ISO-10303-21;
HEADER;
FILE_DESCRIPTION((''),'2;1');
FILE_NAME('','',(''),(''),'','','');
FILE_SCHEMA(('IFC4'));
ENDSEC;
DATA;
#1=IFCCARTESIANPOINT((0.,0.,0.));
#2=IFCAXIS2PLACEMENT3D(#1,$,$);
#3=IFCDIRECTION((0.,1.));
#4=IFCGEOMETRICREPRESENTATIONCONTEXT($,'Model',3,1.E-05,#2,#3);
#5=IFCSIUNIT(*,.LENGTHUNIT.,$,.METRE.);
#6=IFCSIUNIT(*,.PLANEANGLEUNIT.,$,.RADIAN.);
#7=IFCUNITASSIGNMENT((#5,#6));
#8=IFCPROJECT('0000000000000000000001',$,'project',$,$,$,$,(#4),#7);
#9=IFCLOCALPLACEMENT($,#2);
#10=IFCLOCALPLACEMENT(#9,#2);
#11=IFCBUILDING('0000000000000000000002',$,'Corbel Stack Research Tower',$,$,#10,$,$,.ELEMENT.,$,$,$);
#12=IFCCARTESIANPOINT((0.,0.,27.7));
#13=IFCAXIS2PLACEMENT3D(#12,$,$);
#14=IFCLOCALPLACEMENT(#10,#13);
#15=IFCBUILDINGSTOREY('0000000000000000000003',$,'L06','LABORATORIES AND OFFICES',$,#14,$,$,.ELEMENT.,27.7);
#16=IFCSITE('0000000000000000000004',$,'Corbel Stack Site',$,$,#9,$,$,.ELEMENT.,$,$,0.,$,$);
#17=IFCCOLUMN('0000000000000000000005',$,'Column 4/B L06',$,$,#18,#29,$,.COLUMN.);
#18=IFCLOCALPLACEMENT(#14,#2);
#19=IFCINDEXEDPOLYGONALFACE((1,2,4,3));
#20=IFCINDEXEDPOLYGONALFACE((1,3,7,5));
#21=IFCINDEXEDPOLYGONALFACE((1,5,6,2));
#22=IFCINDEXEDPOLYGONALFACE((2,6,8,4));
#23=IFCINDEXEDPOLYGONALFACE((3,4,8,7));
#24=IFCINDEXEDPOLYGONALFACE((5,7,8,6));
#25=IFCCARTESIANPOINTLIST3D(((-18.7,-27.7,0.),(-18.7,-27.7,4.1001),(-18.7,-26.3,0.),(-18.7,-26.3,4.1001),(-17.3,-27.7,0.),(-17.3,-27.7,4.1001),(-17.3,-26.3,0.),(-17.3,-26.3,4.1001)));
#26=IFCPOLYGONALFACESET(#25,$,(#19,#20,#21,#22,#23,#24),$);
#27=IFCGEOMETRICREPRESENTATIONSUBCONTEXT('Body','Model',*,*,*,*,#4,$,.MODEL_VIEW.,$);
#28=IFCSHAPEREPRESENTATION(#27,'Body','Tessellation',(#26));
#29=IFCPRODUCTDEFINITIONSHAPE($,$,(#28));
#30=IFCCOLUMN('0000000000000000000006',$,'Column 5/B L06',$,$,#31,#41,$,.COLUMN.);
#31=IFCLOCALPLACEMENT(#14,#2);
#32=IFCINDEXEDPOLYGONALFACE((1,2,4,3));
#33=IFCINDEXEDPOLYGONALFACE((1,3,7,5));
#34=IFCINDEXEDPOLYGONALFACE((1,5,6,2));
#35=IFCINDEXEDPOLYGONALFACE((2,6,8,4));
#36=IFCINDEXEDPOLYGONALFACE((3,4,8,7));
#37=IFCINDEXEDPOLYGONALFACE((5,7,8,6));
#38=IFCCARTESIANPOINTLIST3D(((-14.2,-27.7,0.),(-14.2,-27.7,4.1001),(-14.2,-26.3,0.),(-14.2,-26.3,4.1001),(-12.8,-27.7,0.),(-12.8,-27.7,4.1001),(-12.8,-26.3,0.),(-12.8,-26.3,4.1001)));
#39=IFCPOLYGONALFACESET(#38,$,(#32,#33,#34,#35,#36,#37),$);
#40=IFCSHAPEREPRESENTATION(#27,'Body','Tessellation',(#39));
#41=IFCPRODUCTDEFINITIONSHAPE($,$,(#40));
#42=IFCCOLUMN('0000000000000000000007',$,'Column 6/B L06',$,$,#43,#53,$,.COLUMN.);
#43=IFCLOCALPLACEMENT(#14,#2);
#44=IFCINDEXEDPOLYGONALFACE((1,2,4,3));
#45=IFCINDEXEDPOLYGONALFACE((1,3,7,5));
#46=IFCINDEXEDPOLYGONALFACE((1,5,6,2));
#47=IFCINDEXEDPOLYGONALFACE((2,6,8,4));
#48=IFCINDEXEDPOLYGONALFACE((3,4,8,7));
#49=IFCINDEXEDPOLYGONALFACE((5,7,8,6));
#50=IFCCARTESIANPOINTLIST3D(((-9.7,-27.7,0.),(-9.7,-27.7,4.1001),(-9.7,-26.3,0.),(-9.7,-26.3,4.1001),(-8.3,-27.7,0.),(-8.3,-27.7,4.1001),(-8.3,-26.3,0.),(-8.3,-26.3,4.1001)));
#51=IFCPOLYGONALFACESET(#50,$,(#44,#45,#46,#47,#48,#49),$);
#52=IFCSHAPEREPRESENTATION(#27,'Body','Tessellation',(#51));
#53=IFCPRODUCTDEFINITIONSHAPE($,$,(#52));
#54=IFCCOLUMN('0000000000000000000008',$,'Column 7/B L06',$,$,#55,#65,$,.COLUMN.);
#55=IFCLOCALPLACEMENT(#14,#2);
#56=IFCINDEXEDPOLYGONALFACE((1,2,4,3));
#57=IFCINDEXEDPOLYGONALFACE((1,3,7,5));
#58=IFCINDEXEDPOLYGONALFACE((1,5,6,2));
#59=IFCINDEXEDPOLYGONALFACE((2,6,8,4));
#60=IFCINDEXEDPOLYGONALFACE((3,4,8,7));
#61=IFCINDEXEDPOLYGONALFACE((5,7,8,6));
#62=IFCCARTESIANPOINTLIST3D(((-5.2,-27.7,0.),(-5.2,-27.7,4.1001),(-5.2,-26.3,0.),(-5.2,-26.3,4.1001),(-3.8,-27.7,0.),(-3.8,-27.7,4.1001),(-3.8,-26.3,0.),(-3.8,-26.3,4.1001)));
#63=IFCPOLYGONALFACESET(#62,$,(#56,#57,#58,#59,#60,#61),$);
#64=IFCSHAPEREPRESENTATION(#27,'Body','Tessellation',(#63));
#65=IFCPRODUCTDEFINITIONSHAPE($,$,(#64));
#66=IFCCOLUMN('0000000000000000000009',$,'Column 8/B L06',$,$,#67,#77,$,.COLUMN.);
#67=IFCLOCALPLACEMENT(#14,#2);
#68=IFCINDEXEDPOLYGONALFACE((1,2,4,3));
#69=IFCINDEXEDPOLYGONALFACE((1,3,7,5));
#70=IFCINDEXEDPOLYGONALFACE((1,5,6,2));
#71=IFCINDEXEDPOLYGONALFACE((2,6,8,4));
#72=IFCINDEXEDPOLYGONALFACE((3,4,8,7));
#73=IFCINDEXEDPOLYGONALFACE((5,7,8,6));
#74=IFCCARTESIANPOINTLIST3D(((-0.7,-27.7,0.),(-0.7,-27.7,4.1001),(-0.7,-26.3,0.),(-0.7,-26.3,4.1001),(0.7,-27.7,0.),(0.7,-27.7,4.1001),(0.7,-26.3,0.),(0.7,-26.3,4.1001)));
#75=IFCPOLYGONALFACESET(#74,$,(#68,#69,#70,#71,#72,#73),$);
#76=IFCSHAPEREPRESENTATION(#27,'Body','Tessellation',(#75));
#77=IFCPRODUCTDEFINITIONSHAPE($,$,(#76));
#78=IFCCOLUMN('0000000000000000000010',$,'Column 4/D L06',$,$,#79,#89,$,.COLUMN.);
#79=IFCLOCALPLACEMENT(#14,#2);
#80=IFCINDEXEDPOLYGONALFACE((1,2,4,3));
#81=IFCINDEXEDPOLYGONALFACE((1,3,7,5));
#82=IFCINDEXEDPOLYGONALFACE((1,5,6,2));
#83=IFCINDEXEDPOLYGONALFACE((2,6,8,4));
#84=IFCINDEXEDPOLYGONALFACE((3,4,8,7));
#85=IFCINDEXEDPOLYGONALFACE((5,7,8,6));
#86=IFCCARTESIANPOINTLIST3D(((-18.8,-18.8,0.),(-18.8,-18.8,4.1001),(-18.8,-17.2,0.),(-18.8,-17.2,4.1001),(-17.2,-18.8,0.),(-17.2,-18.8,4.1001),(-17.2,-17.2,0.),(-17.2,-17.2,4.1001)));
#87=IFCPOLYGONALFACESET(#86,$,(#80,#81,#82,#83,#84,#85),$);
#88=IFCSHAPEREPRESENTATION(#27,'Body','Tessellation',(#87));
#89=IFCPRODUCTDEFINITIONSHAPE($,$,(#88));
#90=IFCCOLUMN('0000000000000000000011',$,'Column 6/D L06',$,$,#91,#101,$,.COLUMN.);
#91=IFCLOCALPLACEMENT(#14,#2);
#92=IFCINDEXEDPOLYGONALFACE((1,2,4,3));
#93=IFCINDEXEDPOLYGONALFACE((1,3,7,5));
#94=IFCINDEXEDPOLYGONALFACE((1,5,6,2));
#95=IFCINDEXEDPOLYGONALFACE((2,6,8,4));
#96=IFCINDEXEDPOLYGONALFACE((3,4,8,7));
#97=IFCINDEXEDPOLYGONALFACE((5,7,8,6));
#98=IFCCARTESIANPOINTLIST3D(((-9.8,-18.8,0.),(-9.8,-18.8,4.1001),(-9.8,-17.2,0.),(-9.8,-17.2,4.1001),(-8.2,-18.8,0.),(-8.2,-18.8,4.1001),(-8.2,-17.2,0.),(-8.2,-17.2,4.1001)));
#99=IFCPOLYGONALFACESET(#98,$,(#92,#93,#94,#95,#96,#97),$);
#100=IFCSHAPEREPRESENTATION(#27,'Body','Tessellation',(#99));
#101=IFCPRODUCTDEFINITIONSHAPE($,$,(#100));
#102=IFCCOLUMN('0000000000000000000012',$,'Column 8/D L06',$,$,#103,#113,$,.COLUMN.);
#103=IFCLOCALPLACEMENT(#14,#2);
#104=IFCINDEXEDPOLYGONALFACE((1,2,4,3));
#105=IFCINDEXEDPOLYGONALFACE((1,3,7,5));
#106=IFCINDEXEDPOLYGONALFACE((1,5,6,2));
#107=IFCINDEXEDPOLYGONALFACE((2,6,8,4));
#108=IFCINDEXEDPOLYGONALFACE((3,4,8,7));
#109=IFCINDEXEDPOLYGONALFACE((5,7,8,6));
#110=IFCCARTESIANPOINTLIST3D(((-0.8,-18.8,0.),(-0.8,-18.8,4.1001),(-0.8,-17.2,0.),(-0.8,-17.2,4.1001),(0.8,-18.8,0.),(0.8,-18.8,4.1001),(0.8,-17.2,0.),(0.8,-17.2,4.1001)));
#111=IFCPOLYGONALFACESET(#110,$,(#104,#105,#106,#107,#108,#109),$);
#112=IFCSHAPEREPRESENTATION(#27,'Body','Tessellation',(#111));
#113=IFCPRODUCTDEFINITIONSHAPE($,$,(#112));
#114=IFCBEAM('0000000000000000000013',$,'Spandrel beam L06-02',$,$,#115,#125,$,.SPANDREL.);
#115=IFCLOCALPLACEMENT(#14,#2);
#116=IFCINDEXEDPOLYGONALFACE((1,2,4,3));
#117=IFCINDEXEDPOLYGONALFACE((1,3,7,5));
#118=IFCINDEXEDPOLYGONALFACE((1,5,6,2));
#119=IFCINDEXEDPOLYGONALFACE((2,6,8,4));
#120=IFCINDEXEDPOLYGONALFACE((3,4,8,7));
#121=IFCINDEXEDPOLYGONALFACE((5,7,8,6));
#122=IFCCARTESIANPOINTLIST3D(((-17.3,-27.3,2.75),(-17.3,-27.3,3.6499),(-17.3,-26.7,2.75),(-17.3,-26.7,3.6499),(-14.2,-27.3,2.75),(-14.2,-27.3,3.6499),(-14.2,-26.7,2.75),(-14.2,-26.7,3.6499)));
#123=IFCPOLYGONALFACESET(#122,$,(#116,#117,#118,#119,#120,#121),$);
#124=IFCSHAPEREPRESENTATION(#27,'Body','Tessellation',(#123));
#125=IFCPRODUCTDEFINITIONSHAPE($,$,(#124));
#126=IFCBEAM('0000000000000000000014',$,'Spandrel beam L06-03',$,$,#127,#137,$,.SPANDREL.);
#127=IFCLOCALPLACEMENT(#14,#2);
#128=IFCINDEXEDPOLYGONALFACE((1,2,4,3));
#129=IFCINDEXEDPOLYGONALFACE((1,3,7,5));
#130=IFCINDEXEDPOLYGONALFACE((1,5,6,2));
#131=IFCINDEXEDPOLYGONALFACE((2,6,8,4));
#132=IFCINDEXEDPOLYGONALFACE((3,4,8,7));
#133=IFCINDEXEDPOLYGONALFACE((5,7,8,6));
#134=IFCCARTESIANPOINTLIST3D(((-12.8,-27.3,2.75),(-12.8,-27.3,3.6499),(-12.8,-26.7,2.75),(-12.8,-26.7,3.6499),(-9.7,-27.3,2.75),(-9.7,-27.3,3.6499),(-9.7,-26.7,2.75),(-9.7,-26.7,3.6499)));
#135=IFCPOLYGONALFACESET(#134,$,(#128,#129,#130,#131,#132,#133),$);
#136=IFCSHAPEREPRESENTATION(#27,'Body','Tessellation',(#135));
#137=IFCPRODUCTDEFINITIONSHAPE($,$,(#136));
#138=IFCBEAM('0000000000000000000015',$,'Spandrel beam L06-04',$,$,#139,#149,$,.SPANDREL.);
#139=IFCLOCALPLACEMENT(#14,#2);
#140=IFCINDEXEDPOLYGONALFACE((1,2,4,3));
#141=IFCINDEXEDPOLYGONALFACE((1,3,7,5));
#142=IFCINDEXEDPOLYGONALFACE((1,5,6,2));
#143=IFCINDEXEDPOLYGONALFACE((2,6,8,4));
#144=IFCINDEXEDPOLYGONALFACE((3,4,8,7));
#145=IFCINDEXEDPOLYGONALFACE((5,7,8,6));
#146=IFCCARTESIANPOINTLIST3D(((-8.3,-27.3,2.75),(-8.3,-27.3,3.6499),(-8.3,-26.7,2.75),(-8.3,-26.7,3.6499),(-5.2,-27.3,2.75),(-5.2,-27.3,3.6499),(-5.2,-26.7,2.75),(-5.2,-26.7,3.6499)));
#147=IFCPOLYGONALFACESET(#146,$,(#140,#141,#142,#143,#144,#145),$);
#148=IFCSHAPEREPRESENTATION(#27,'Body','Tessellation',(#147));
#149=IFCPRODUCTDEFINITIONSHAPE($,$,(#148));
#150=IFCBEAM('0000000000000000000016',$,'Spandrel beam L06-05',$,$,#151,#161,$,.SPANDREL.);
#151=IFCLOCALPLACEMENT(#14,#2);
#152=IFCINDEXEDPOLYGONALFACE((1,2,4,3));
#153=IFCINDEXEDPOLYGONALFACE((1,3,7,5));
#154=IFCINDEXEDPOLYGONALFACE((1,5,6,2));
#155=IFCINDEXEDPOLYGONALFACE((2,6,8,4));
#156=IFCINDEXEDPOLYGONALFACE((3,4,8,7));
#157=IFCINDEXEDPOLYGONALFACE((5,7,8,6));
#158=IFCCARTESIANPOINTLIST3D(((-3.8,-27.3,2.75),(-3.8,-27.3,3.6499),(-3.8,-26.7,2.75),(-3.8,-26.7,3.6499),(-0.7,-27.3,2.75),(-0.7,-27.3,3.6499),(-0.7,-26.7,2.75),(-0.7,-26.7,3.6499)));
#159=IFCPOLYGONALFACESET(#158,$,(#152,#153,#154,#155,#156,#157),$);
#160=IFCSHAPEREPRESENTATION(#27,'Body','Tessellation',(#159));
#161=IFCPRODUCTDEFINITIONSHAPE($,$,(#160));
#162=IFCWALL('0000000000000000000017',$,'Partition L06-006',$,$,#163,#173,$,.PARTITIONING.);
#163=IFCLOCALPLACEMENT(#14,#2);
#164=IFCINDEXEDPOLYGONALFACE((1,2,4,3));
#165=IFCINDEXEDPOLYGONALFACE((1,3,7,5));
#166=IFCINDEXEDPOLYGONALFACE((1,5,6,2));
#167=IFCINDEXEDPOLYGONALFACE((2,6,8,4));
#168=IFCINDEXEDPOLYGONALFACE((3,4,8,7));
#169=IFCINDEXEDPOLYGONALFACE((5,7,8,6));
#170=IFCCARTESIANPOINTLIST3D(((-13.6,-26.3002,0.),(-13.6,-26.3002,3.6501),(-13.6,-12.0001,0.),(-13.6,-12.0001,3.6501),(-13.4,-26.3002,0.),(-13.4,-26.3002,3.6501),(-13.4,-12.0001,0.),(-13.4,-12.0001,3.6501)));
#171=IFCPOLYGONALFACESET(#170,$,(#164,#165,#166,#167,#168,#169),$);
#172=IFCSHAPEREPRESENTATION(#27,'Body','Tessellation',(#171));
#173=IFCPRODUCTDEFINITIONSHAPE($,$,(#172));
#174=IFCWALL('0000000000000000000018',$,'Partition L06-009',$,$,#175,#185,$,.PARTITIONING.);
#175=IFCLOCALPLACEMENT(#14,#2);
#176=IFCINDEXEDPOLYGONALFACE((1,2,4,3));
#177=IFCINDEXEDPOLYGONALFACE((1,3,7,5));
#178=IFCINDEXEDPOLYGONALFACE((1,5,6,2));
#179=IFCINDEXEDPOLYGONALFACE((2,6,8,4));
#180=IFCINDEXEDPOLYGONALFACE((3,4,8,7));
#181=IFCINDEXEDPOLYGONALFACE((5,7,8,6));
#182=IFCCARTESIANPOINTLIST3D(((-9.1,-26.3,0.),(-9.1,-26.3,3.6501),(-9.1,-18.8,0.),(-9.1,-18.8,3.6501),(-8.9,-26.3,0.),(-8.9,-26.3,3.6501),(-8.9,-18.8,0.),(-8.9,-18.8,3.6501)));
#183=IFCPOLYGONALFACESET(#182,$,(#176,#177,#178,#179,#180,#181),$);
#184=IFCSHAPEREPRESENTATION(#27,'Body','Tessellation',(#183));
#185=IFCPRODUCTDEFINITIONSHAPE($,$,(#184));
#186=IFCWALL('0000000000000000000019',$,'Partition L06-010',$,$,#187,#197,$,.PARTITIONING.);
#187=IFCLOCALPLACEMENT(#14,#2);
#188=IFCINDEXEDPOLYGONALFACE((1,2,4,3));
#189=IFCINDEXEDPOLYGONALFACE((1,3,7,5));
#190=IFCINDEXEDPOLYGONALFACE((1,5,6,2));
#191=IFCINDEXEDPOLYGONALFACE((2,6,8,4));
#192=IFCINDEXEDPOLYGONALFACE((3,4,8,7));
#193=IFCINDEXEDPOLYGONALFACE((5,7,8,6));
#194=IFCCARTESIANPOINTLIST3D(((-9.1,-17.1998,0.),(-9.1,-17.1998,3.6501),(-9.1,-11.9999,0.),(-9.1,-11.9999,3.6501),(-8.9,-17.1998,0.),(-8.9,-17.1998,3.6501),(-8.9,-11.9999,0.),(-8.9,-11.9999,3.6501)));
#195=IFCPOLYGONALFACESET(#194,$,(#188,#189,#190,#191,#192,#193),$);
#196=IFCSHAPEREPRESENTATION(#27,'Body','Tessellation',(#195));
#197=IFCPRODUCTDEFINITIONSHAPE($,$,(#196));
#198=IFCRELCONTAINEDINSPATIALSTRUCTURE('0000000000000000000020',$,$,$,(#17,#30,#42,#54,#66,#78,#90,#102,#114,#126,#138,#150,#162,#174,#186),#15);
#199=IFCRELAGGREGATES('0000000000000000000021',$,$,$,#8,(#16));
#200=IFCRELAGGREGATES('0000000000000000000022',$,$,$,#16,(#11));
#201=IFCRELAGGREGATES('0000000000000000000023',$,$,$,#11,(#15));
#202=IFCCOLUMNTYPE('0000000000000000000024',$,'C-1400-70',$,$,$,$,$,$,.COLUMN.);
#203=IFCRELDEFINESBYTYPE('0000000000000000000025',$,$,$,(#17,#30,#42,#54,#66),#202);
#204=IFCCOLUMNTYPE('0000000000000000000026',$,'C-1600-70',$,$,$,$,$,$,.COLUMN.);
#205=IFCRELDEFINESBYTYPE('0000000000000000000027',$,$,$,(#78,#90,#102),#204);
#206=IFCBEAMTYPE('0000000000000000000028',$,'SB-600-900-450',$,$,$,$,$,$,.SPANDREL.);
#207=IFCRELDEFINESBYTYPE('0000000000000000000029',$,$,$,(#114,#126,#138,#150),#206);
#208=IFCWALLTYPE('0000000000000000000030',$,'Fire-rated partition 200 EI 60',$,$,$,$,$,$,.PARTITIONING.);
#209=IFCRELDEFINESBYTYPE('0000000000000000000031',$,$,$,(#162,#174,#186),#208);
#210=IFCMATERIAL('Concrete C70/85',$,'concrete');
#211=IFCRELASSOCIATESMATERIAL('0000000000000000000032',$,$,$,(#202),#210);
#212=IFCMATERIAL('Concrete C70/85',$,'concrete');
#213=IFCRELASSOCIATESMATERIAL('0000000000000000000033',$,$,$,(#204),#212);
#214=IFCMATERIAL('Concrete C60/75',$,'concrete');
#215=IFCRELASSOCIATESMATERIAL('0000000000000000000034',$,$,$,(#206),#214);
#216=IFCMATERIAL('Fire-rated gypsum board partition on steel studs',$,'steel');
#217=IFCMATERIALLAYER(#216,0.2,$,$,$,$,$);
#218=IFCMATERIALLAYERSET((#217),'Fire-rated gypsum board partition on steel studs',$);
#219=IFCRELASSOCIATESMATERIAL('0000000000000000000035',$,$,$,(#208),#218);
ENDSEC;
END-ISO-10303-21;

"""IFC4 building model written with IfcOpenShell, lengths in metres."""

from ifc_helpers import new_model, si_unit, direction, frame, frame_2d, origin, origin_2d, place, context, subcontext, project, spatial, rectangle, extrude, material, layer, layer_set, material_profile, profile_set, type_object, element, save


model = new_model("IFC4")

# Units and contexts
model_context = context("Model", 3, precision=1e-05, world=origin(), true_north=direction((0.0, 1.0)))
body_context = subcontext(model_context, "Body", "Model", "MODEL_VIEW")
ifc_project = project(units=[si_unit("LENGTHUNIT", "METRE"), si_unit("PLANEANGLEUNIT", "RADIAN")], contexts=[model_context])

# Site, building, storey
site_placement = place(None, origin())
site = spatial("IfcSite", under=ifc_project, at=site_placement, Name="Corbel Stack Site", CompositionType="ELEMENT", RefElevation=0.0)
building_placement = place(site_placement, origin())
building = spatial("IfcBuilding", under=site, at=building_placement, Name="Corbel Stack Research Tower", CompositionType="ELEMENT")
storey_placement = place(building_placement, frame((0.0, 0.0, 27.7)))
storey = spatial("IfcBuildingStorey", under=building, at=storey_placement, Name="L06", Description="LABORATORIES AND OFFICES", CompositionType="ELEMENT", Elevation=27.7)

# Columns
ifc_material_1 = material(Name="Concrete C70/85", Category="concrete")
ifc_material_profile_1 = material_profile(ifc_material_1, rectangle(XDim=1.3999, YDim=1.3999, at=origin_2d()), Name="RC 1400 x 1400")
ifc_profile_set_1 = profile_set([ifc_material_profile_1], Name="Concrete C70/85")
column_type_1 = type_object("IfcColumnType", Name="C-1400-70", PredefinedType="COLUMN", material=ifc_profile_set_1)
for number, where, z_axis, x_axis, name in (
    (1, (-18.0, -27.0, 0.0), (0.0, 0.0, 1.0), (1.0, 0.0, 0.0), "Column 4/B L06"),
    (2, (-13.5, -27.0, 0.0), (0.0, 0.0, 1.0), (1.0, 0.0, 0.0), "Column 5/B L06"),
    (3, (-9.0, -27.0, 0.0), (0.0, 0.0, 1.0), (1.0, 0.0, 0.0), "Column 6/B L06"),
    (4, (-4.5, -27.0, 0.0), (0.0, 0.0, 1.0), (1.0, 0.0, 0.0), "Column 7/B L06"),
    (5, (0.0, -27.0, 0.0), (0.0, 0.0, 1.0), (1.0, 0.0, 0.0), "Column 8/B L06"),
):
    element("IfcColumn", number, at=place(storey_placement, frame(where, z_axis=z_axis, x_axis=x_axis)), inside=storey, type_object=column_type_1, Name=name, PredefinedType="COLUMN", context=body_context, shape_type="SweptSolid", body=[
        extrude(rectangle(XDim=1.3999, YDim=1.3999, at=origin_2d()), origin(), (0.0, 0.0, 1.0), 4.1001),
    ])
ifc_material_2 = material(Name="Concrete C70/85", Category="concrete")
ifc_material_profile_2 = material_profile(ifc_material_2, rectangle(XDim=1.6001, YDim=1.6001, at=origin_2d()), Name="RC 1600 x 1600")
ifc_profile_set_2 = profile_set([ifc_material_profile_2], Name="Concrete C70/85")
column_type_2 = type_object("IfcColumnType", Name="C-1600-70", PredefinedType="COLUMN", material=ifc_profile_set_2)
for number, where, z_axis, x_axis, name in (
    (6, (-18.0, -18.0, 0.0), (0.0, 0.0, 1.0), (1.0, 0.0, 0.0), "Column 4/D L06"),
    (7, (-9.0, -18.0, 0.0), (0.0, 0.0, 1.0), (1.0, 0.0, 0.0), "Column 6/D L06"),
    (8, (0.0, -18.0, 0.0), (0.0, 0.0, 1.0), (1.0, 0.0, 0.0), "Column 8/D L06"),
):
    element("IfcColumn", number, at=place(storey_placement, frame(where, z_axis=z_axis, x_axis=x_axis)), inside=storey, type_object=column_type_2, Name=name, PredefinedType="COLUMN", context=body_context, shape_type="SweptSolid", body=[
        extrude(rectangle(XDim=1.6001, YDim=1.6001, at=origin_2d()), origin(), (0.0, 0.0, 1.0), 4.1001),
    ])

# Beams
ifc_material_3 = material(Name="Concrete C60/75", Category="concrete")
ifc_material_profile_3 = material_profile(ifc_material_3, rectangle(XDim=0.6001, YDim=0.8999, at=origin_2d()), Name="RC 600 x 900")
ifc_profile_set_3 = profile_set([ifc_material_profile_3], Name="Concrete C60/75")
beam_type = type_object("IfcBeamType", Name="SB-600-900-450", PredefinedType="SPANDREL", material=ifc_profile_set_3)
for number, where, z_axis, x_axis, name in (
    (9, (-17.3, -27.0, 3.2), (1.0, 0.0, 0.0), (0.0, 1.0, 0.0), "Spandrel beam L06-02"),
    (10, (-12.8, -27.0, 3.2), (1.0, 0.0, 0.0), (0.0, 1.0, 0.0), "Spandrel beam L06-03"),
    (11, (-8.3, -27.0, 3.2), (1.0, 0.0, 0.0), (0.0, 1.0, 0.0), "Spandrel beam L06-04"),
    (12, (-3.8, -27.0, 3.2), (1.0, 0.0, 0.0), (0.0, 1.0, 0.0), "Spandrel beam L06-05"),
):
    element("IfcBeam", number, at=place(storey_placement, frame(where, z_axis=z_axis, x_axis=x_axis)), inside=storey, type_object=beam_type, Name=name, PredefinedType="SPANDREL", context=body_context, shape_type="SweptSolid", body=[
        extrude(rectangle(XDim=0.6001, YDim=0.8999, at=origin_2d()), origin(), (0.0, 0.0, 1.0), 3.1001),
    ])

# Walls
ifc_material_4 = material(Name="Fire-rated gypsum board partition on steel studs", Category="steel")
ifc_layer_1 = layer(ifc_material_4, 0.2)
ifc_layer_set_1 = layer_set([ifc_layer_1], Name="Fire-rated gypsum board partition on steel studs")
wall_type_1 = type_object("IfcWallType", Name="Fire-rated partition 200 EI 60", PredefinedType="PARTITIONING", material=ifc_layer_set_1)
wall_1_placement = place(storey_placement, frame((-13.5, -26.3, 0.0), z_axis=(0.0, 0.0, 1.0), x_axis=(0.0, 1.0, 0.0)))
element("IfcWall", 13, at=wall_1_placement, inside=storey, type_object=wall_type_1, Name="Partition L06-006", PredefinedType="PARTITIONING", context=body_context, shape_type="SweptSolid", body=[
    extrude(rectangle(XDim=14.3, YDim=0.2, at=frame_2d((7.1499, 0.0))), origin(), (0.0, 0.0, 1.0), 3.6501),
])
wall_2_placement = place(storey_placement, frame((-9.0, -26.3, 0.0), z_axis=(0.0, 0.0, 1.0), x_axis=(0.0, 1.0, 0.0)))
element("IfcWall", 14, at=wall_2_placement, inside=storey, type_object=wall_type_1, Name="Partition L06-009", PredefinedType="PARTITIONING", context=body_context, shape_type="SweptSolid", body=[
    extrude(rectangle(XDim=7.5, YDim=0.2, at=frame_2d((3.75, 0.0))), origin(), (0.0, 0.0, 1.0), 3.6501),
])
wall_3_placement = place(storey_placement, frame((-9.0, -17.2, 0.0), z_axis=(0.0, 0.0, 1.0), x_axis=(0.0, 1.0, 0.0)))
element("IfcWall", 15, at=wall_3_placement, inside=storey, type_object=wall_type_1, Name="Partition L06-010", PredefinedType="PARTITIONING", context=body_context, shape_type="SweptSolid", body=[
    extrude(rectangle(XDim=5.2, YDim=0.2, at=frame_2d((2.6001, 0.0))), origin(), (0.0, 0.0, 1.0), 3.6501),
])

save(model, "model.ifc")
